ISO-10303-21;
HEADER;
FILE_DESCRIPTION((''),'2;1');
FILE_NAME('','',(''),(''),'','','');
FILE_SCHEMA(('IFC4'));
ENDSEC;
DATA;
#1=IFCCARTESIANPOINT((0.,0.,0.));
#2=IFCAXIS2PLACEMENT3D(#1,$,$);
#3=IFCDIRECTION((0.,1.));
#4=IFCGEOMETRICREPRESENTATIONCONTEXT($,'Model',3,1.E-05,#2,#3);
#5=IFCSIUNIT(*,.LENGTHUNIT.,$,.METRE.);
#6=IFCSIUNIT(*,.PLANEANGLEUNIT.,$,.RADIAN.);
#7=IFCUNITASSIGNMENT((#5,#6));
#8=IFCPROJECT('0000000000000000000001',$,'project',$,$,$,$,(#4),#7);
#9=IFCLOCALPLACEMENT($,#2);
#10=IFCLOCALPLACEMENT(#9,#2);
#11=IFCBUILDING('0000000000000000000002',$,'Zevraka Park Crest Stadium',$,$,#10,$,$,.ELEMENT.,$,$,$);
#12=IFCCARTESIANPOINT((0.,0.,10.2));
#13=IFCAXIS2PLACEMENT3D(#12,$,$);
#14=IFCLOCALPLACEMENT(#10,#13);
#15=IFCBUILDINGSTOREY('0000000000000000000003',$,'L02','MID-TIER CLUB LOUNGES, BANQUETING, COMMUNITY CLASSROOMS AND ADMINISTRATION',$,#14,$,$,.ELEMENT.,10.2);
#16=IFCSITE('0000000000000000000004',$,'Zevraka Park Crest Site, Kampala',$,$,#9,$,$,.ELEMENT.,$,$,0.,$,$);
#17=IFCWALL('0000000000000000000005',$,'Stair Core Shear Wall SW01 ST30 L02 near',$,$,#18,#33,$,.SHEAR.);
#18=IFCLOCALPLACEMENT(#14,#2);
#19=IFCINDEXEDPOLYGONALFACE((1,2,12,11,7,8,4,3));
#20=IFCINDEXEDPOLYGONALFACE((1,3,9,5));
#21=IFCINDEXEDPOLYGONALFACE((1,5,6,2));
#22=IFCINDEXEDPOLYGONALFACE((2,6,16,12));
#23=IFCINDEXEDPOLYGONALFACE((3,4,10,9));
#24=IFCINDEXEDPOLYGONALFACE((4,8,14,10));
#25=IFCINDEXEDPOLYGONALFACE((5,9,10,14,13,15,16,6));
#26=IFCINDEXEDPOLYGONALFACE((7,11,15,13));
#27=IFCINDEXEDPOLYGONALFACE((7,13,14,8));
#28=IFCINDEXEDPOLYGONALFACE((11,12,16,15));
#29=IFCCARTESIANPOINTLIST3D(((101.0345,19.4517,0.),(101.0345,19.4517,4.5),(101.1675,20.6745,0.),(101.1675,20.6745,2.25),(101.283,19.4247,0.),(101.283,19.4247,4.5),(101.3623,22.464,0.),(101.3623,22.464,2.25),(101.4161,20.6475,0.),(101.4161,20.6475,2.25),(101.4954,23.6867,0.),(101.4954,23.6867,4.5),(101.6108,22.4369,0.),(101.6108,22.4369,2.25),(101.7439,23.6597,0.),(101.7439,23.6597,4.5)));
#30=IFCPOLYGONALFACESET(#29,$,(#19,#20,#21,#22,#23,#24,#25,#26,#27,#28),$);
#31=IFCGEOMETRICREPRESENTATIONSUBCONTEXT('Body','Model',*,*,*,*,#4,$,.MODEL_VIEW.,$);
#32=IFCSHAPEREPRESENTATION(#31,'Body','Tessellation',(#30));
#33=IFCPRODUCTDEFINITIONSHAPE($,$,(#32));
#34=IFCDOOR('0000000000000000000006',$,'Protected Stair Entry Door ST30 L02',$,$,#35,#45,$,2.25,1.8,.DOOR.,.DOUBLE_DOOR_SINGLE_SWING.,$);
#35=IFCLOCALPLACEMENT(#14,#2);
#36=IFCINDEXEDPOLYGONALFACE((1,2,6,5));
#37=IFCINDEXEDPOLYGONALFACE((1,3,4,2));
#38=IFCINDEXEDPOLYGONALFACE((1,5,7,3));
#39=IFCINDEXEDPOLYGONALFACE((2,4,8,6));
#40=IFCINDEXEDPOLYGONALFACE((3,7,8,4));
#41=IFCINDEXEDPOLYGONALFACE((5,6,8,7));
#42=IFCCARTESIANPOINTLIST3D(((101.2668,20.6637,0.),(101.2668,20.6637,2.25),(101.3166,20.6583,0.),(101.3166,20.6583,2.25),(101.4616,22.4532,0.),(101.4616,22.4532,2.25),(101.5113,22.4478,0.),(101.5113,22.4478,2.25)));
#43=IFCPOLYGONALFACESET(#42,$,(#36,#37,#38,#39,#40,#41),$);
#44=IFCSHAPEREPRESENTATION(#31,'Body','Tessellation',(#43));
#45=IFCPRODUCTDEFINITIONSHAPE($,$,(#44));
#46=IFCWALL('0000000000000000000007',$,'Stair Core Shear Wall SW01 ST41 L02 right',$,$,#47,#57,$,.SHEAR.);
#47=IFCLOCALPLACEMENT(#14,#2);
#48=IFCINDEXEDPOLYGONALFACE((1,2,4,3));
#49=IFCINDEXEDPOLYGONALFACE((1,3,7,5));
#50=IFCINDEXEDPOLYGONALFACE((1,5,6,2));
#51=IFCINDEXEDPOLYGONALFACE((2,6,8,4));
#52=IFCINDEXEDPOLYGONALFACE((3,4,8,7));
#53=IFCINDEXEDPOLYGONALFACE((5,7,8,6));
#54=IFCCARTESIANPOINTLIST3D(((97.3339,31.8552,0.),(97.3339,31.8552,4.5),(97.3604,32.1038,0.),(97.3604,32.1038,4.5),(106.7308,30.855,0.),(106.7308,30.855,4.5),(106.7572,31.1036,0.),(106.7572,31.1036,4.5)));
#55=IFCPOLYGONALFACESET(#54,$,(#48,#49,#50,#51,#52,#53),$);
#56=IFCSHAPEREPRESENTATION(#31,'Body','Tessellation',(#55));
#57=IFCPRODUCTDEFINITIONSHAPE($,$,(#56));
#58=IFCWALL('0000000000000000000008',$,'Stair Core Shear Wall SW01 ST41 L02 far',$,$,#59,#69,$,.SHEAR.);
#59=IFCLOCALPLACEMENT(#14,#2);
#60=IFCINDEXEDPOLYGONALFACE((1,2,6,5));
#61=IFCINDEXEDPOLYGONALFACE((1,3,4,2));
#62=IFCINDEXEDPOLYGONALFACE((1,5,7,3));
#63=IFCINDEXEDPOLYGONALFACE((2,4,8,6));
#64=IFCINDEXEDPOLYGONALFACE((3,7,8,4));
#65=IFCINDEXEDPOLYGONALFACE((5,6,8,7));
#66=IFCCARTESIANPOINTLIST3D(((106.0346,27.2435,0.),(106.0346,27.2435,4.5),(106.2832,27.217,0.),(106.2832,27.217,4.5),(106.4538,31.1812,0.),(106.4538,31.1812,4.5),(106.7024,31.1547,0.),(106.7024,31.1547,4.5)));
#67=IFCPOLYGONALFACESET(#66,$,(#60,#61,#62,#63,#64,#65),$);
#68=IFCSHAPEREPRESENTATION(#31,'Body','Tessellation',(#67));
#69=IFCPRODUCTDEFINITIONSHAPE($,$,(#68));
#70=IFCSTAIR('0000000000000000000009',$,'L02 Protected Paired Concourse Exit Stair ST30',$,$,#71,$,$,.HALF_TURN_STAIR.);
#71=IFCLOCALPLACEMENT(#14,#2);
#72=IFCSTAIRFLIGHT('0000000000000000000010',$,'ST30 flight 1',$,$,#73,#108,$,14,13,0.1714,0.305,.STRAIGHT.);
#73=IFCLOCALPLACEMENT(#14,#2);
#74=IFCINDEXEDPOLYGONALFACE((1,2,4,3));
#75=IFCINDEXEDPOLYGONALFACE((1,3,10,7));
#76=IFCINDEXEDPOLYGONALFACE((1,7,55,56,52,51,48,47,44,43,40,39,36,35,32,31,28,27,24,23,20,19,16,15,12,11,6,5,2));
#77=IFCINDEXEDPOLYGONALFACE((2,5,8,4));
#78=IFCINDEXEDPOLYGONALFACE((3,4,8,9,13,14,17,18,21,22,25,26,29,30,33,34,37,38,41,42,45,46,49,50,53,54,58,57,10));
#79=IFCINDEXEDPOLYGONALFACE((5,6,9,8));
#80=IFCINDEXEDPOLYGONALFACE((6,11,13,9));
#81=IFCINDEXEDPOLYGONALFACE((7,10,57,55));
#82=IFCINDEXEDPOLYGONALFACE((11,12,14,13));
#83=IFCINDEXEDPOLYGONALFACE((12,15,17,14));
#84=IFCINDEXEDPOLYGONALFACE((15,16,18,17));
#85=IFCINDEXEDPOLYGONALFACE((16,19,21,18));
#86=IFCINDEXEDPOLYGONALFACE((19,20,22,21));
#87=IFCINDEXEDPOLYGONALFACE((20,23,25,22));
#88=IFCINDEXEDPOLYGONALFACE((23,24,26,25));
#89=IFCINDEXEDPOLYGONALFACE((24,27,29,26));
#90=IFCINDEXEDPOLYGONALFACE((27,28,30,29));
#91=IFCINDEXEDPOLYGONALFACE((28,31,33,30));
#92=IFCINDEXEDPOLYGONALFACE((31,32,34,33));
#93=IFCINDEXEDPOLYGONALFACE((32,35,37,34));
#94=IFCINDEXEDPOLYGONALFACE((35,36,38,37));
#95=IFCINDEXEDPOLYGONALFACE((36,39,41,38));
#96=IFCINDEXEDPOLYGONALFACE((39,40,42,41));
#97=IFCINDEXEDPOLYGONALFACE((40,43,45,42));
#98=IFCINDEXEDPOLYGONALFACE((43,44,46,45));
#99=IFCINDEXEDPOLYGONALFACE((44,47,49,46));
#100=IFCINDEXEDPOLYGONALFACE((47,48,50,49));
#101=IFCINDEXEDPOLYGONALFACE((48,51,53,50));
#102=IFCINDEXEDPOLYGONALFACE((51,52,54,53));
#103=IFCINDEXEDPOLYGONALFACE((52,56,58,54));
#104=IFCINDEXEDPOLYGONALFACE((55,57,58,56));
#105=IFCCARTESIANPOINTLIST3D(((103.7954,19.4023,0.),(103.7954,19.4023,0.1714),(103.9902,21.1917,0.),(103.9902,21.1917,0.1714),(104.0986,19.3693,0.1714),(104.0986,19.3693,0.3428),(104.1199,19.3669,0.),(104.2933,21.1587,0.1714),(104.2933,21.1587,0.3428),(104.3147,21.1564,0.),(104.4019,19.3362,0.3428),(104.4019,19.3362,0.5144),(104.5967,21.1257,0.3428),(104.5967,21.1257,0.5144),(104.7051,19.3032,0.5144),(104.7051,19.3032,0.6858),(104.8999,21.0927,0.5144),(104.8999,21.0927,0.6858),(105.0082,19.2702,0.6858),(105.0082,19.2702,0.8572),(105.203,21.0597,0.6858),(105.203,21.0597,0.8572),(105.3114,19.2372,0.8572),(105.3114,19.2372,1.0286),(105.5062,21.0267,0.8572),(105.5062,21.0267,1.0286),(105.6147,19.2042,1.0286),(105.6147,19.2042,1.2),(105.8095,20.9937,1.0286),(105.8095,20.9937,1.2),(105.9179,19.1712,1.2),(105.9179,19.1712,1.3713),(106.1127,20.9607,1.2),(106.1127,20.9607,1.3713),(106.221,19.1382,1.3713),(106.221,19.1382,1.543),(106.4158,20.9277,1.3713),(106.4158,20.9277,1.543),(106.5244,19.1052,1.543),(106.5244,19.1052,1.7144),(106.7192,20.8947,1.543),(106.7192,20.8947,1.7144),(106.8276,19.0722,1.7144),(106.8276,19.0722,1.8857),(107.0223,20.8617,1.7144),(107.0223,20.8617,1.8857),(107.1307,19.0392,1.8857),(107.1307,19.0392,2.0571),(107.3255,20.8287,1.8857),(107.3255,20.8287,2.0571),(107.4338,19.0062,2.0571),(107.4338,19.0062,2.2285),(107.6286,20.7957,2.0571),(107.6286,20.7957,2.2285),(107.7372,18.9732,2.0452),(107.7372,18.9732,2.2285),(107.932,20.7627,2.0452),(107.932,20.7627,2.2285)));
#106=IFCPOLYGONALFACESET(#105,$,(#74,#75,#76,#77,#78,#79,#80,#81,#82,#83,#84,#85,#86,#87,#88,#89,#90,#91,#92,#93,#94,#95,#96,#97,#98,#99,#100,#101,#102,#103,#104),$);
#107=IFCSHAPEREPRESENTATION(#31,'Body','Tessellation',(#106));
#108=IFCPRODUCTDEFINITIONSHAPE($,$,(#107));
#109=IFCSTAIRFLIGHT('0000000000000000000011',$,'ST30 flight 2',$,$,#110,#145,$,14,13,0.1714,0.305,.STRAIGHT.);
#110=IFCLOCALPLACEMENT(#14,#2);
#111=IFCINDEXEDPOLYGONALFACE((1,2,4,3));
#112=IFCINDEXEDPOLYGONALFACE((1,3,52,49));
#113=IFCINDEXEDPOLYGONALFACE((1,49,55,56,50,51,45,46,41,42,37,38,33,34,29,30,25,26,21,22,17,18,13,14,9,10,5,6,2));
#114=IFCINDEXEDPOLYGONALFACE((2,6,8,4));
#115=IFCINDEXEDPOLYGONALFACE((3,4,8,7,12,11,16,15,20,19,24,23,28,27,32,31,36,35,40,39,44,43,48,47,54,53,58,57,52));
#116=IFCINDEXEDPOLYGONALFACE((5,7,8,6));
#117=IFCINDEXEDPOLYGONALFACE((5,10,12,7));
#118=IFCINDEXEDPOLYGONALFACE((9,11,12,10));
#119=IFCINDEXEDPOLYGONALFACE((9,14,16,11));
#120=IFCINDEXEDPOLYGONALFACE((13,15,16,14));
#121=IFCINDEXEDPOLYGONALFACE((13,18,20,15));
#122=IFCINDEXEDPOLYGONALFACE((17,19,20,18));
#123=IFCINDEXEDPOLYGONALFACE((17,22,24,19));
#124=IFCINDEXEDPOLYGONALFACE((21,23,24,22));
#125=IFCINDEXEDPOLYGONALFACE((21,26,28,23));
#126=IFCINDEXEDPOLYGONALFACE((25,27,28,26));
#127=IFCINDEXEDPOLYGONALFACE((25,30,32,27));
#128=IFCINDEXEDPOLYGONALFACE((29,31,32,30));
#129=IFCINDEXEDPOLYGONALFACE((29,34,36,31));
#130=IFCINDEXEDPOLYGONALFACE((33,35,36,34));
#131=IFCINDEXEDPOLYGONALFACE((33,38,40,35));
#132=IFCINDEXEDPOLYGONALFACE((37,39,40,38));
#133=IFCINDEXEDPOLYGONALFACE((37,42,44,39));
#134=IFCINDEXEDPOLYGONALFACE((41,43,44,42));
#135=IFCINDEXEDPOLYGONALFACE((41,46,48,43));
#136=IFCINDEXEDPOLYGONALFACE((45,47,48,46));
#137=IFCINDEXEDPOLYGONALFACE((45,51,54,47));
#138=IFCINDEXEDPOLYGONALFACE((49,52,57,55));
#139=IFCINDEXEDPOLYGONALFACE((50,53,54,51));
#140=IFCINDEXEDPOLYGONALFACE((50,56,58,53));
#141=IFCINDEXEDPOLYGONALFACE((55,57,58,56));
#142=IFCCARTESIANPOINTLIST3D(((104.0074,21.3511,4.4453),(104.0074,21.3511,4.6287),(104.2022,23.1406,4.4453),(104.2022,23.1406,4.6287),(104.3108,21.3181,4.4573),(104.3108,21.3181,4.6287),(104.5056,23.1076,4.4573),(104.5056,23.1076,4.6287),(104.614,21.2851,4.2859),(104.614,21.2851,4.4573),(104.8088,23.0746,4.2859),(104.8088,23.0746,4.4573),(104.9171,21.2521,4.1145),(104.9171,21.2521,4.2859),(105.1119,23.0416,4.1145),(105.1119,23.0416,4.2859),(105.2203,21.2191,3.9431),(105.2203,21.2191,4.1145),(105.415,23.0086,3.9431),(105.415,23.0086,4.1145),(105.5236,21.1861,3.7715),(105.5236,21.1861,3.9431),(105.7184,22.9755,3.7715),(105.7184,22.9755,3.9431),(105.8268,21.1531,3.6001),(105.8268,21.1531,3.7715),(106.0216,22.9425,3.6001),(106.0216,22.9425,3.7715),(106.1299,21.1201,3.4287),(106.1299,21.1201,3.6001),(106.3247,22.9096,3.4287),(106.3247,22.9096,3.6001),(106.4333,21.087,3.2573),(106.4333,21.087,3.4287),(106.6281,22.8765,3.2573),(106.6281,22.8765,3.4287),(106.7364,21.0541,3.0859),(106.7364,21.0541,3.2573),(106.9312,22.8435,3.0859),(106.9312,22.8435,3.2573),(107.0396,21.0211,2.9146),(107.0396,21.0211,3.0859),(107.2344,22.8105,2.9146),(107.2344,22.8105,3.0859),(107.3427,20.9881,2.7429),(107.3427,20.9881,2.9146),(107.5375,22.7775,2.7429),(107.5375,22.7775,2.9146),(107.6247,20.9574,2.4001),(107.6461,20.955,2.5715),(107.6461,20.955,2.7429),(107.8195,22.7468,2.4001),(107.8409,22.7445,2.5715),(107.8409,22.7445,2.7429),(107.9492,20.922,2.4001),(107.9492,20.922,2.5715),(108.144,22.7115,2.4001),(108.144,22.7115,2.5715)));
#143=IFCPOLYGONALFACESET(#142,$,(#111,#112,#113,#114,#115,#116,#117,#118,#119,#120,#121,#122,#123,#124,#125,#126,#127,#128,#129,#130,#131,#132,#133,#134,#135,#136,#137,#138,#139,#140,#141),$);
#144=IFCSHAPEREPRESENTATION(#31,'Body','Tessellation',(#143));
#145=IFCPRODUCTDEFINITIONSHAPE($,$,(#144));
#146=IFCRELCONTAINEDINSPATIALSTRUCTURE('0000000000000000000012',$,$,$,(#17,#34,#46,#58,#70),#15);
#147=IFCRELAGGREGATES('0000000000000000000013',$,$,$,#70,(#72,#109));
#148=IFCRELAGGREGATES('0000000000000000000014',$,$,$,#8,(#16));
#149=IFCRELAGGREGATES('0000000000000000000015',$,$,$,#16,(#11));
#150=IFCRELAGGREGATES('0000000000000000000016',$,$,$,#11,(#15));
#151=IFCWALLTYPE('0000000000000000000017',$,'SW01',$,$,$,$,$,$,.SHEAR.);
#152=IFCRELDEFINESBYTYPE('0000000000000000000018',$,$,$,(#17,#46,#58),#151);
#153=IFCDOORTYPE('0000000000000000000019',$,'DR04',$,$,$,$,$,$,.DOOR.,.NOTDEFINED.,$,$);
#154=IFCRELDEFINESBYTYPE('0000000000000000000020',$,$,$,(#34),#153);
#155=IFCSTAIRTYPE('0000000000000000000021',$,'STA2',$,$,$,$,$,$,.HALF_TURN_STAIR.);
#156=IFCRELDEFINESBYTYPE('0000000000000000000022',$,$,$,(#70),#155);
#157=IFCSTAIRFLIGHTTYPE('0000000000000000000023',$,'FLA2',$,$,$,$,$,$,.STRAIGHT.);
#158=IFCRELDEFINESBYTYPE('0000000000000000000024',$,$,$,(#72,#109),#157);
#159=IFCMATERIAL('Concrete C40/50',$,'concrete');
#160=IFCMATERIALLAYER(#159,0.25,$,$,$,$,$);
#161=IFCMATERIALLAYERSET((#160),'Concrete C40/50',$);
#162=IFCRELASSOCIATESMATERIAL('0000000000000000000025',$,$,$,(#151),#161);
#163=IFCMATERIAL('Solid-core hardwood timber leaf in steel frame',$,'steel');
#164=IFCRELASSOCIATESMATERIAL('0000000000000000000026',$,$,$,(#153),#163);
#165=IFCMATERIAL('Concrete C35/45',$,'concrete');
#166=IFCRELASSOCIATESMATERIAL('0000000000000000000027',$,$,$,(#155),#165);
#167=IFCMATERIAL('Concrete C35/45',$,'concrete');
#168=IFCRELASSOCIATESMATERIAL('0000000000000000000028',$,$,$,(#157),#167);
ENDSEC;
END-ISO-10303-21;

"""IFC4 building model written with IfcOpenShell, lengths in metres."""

from ifc_helpers import new_model, si_unit, direction, frame, frame_2d, origin, place, context, subcontext, project, spatial, polyline, rectangle, outline, extrude, material, layer, layer_set, type_object, element, fill, aggregate, save


model = new_model("IFC4")

# Units and contexts
model_context = context("Model", 3, precision=1e-05, world=origin(), true_north=direction((0.0, 1.0)))
body_context = subcontext(model_context, "Body", "Model", "MODEL_VIEW")
ifc_project = project(units=[si_unit("LENGTHUNIT", "METRE"), si_unit("PLANEANGLEUNIT", "RADIAN")], contexts=[model_context])

# Site, building, storey
site_placement = place(None, origin())
site = spatial("IfcSite", under=ifc_project, at=site_placement, Name="Zevraka Park Crest Site, Kampala", CompositionType="ELEMENT", RefElevation=0.0)
building_placement = place(site_placement, origin())
building = spatial("IfcBuilding", under=site, at=building_placement, Name="Zevraka Park Crest Stadium", CompositionType="ELEMENT")
storey_placement = place(building_placement, frame((0.0, 0.0, 10.2)))
storey = spatial("IfcBuildingStorey", under=building, at=storey_placement, Name="L02", Description="MID-TIER CLUB LOUNGES, BANQUETING, COMMUNITY CLASSROOMS AND ADMINISTRATION", CompositionType="ELEMENT", Elevation=10.2)

# Shared definitions
ifc_material_1 = material(Name="Concrete C40/50", Category="concrete")
ifc_layer = layer(ifc_material_1, 0.25)
ifc_layer_set = layer_set([ifc_layer], Name="Concrete C40/50")
wall_type = type_object("IfcWallType", Name="SW01", PredefinedType="SHEAR", material=ifc_layer_set)

# Wall, opening, door
wall_1_placement = place(storey_placement, frame((101.6196, 23.6731, 0.0), z_axis=(0.0, 0.0, 1.0), x_axis=(-0.108198, -0.994129, 0.0)))
wall_1 = element("IfcWall", 1, at=wall_1_placement, inside=storey, type_object=wall_type, Name="Stair Core Shear Wall SW01 ST30 L02 near", PredefinedType="SHEAR", context=body_context, shape_type="SweptSolid", body=[
    extrude(rectangle(XDim=4.26, YDim=0.25, at=frame_2d((2.1299, 0.0))), origin(), (0.0, 0.0, 1.0), 4.5),
])
opening_placement = place(wall_1_placement, frame((1.23, 0.0, 0.0)))
opening = element("IfcOpeningElement", 2, at=opening_placement, cuts=wall_1, PredefinedType="OPENING", context=body_context, shape_type="SweptSolid", body=[
    extrude(rectangle(XDim=1.8, YDim=2.25, at=frame_2d((0.8999, 1.125))), frame((0.0, 0.135, 0.0), z_axis=(0.0, -1.0, 0.0), x_axis=(1.0, 0.0, 0.0)), (0.0, 0.0, 1.0), 0.27),
])
ifc_material_2 = material(Name="Solid-core hardwood timber leaf in steel frame", Category="steel")
door_type = type_object("IfcDoorType", Name="DR04", OperationType="NOTDEFINED", PredefinedType="DOOR", material=ifc_material_2)
door_placement = place(opening_placement, origin())
door = element("IfcDoor", 3, at=door_placement, inside=storey, type_object=door_type, Name="Protected Stair Entry Door ST30 L02", OperationType="DOUBLE_DOOR_SINGLE_SWING", OverallHeight=2.25, OverallWidth=1.8, PredefinedType="DOOR", context=body_context, shape_type="SweptSolid", body=[
    extrude(rectangle(XDim=1.8, YDim=2.25, at=frame_2d((0.8999, 1.125))), frame((0.0, 0.0249, 0.0), z_axis=(0.0, -1.0, 0.0), x_axis=(1.0, 0.0, 0.0)), (0.0, 0.0, 1.0), 0.05),
])
fill(opening, door)

# Walls
wall_2_placement = place(storey_placement, frame((106.7441, 30.9792, 0.0), z_axis=(0.0, 0.0, 1.0), x_axis=(-0.994383, 0.105845, 0.0)))
element("IfcWall", 4, at=wall_2_placement, inside=storey, type_object=wall_type, Name="Stair Core Shear Wall SW01 ST41 L02 right", PredefinedType="SHEAR", context=body_context, shape_type="SweptSolid", body=[
    extrude(rectangle(XDim=9.45, YDim=0.25, at=frame_2d((4.7251, 0.0))), origin(), (0.0, 0.0, 1.0), 4.5),
])
wall_3_placement = place(storey_placement, frame((106.1589, 27.2302, 0.0), z_axis=(0.0, 0.0, 1.0), x_axis=(0.105856, 0.994381, 0.0)))
element("IfcWall", 5, at=wall_3_placement, inside=storey, type_object=wall_type, Name="Stair Core Shear Wall SW01 ST41 L02 far", PredefinedType="SHEAR", context=body_context, shape_type="SweptSolid", body=[
    extrude(rectangle(XDim=3.96, YDim=0.25, at=frame_2d((1.98, 0.0))), origin(), (0.0, 0.0, 1.0), 4.5),
])

# Stair, stair flights
ifc_material_3 = material(Name="Concrete C35/45", Category="concrete")
stair_type = type_object("IfcStairType", Name="STA2", PredefinedType="HALF_TURN_STAIR", material=ifc_material_3)
stair_placement = place(storey_placement, origin())
stair = element("IfcStair", 6, at=stair_placement, inside=storey, type_object=stair_type, Name="L02 Protected Paired Concourse Exit Stair ST30", PredefinedType="HALF_TURN_STAIR")
ifc_material_4 = material(Name="Concrete C35/45", Category="concrete")
stair_flight_type = type_object("IfcStairFlightType", Name="FLA2", PredefinedType="STRAIGHT", material=ifc_material_4)
stair_flight_1_placement = place(storey_placement, frame((103.8928, 20.2971, 0.0), z_axis=(0.0, 0.0, 1.0), x_axis=(0.994128, -0.108215, 0.0)))
stair_flight_1 = element("IfcStairFlight", 7, at=stair_flight_1_placement, type_object=stair_flight_type, Name="ST30 flight 1", NumberOfRisers=14, NumberOfTreads=13, PredefinedType="STRAIGHT", RiserHeight=0.1714, TreadLength=0.305, context=body_context, shape_type="SweptSolid", body=[
    extrude(outline(polyline([(0.0, 0.0), (0.0, 0.1714), (0.3049, 0.1714), (0.3049, 0.3428), (0.6101, 0.3428), (0.6101, 0.5144), (0.915, 0.5144), (0.915, 0.6858), (1.22, 0.6858), (1.22, 0.8572), (1.5249, 0.8572), (1.5249, 1.0286), (1.8301, 1.0286), (1.8301, 1.2), (2.135, 1.2), (2.135, 1.3713), (2.4399, 1.3713), (2.4399, 1.543), (2.7451, 1.543), (2.7451, 1.7144), (3.05, 1.7144), (3.05, 1.8857), (3.355, 1.8857), (3.355, 2.0571), (3.6599, 2.0571), (3.6599, 2.2285), (3.9651, 2.2285), (3.9651, 2.3999), (3.9651, 2.0452), (0.3264, 0.0), (0.0, 0.0)])), frame((0.0, 0.8999, 0.0), z_axis=(0.0, -1.0, 0.0), x_axis=(1.0, 0.0, 0.0)), (0.0, 0.0, 1.0), 1.8),
])
stair_flight_2_placement = place(storey_placement, frame((108.0466, 21.8167, 2.4001), z_axis=(0.0, 0.0, 1.0), x_axis=(-0.994128, 0.108215, 0.0)))
stair_flight_2 = element("IfcStairFlight", 8, at=stair_flight_2_placement, type_object=stair_flight_type, Name="ST30 flight 2", NumberOfRisers=14, NumberOfTreads=13, PredefinedType="STRAIGHT", RiserHeight=0.1714, TreadLength=0.305, context=body_context, shape_type="SweptSolid", body=[
    extrude(outline(polyline([(0.0, 0.0), (0.0, 0.1714), (0.3049, 0.1714), (0.3049, 0.3428), (0.6101, 0.3428), (0.6101, 0.5144), (0.915, 0.5144), (0.915, 0.6858), (1.22, 0.6858), (1.22, 0.8572), (1.5249, 0.8572), (1.5249, 1.0286), (1.8301, 1.0286), (1.8301, 1.2), (2.135, 1.2), (2.135, 1.3713), (2.4399, 1.3713), (2.4399, 1.543), (2.7451, 1.543), (2.7451, 1.7144), (3.05, 1.7144), (3.05, 1.8857), (3.355, 1.8857), (3.355, 2.0571), (3.6599, 2.0571), (3.6599, 2.2285), (3.9651, 2.2285), (3.9651, 2.3999), (3.9651, 2.0452), (0.3264, 0.0), (0.0, 0.0)])), frame((0.0, 0.8999, 0.0), z_axis=(0.0, -1.0, 0.0), x_axis=(1.0, 0.0, 0.0)), (0.0, 0.0, 1.0), 1.8),
])
aggregate(stair, [stair_flight_1, stair_flight_2])

save(model, "model.ifc")
